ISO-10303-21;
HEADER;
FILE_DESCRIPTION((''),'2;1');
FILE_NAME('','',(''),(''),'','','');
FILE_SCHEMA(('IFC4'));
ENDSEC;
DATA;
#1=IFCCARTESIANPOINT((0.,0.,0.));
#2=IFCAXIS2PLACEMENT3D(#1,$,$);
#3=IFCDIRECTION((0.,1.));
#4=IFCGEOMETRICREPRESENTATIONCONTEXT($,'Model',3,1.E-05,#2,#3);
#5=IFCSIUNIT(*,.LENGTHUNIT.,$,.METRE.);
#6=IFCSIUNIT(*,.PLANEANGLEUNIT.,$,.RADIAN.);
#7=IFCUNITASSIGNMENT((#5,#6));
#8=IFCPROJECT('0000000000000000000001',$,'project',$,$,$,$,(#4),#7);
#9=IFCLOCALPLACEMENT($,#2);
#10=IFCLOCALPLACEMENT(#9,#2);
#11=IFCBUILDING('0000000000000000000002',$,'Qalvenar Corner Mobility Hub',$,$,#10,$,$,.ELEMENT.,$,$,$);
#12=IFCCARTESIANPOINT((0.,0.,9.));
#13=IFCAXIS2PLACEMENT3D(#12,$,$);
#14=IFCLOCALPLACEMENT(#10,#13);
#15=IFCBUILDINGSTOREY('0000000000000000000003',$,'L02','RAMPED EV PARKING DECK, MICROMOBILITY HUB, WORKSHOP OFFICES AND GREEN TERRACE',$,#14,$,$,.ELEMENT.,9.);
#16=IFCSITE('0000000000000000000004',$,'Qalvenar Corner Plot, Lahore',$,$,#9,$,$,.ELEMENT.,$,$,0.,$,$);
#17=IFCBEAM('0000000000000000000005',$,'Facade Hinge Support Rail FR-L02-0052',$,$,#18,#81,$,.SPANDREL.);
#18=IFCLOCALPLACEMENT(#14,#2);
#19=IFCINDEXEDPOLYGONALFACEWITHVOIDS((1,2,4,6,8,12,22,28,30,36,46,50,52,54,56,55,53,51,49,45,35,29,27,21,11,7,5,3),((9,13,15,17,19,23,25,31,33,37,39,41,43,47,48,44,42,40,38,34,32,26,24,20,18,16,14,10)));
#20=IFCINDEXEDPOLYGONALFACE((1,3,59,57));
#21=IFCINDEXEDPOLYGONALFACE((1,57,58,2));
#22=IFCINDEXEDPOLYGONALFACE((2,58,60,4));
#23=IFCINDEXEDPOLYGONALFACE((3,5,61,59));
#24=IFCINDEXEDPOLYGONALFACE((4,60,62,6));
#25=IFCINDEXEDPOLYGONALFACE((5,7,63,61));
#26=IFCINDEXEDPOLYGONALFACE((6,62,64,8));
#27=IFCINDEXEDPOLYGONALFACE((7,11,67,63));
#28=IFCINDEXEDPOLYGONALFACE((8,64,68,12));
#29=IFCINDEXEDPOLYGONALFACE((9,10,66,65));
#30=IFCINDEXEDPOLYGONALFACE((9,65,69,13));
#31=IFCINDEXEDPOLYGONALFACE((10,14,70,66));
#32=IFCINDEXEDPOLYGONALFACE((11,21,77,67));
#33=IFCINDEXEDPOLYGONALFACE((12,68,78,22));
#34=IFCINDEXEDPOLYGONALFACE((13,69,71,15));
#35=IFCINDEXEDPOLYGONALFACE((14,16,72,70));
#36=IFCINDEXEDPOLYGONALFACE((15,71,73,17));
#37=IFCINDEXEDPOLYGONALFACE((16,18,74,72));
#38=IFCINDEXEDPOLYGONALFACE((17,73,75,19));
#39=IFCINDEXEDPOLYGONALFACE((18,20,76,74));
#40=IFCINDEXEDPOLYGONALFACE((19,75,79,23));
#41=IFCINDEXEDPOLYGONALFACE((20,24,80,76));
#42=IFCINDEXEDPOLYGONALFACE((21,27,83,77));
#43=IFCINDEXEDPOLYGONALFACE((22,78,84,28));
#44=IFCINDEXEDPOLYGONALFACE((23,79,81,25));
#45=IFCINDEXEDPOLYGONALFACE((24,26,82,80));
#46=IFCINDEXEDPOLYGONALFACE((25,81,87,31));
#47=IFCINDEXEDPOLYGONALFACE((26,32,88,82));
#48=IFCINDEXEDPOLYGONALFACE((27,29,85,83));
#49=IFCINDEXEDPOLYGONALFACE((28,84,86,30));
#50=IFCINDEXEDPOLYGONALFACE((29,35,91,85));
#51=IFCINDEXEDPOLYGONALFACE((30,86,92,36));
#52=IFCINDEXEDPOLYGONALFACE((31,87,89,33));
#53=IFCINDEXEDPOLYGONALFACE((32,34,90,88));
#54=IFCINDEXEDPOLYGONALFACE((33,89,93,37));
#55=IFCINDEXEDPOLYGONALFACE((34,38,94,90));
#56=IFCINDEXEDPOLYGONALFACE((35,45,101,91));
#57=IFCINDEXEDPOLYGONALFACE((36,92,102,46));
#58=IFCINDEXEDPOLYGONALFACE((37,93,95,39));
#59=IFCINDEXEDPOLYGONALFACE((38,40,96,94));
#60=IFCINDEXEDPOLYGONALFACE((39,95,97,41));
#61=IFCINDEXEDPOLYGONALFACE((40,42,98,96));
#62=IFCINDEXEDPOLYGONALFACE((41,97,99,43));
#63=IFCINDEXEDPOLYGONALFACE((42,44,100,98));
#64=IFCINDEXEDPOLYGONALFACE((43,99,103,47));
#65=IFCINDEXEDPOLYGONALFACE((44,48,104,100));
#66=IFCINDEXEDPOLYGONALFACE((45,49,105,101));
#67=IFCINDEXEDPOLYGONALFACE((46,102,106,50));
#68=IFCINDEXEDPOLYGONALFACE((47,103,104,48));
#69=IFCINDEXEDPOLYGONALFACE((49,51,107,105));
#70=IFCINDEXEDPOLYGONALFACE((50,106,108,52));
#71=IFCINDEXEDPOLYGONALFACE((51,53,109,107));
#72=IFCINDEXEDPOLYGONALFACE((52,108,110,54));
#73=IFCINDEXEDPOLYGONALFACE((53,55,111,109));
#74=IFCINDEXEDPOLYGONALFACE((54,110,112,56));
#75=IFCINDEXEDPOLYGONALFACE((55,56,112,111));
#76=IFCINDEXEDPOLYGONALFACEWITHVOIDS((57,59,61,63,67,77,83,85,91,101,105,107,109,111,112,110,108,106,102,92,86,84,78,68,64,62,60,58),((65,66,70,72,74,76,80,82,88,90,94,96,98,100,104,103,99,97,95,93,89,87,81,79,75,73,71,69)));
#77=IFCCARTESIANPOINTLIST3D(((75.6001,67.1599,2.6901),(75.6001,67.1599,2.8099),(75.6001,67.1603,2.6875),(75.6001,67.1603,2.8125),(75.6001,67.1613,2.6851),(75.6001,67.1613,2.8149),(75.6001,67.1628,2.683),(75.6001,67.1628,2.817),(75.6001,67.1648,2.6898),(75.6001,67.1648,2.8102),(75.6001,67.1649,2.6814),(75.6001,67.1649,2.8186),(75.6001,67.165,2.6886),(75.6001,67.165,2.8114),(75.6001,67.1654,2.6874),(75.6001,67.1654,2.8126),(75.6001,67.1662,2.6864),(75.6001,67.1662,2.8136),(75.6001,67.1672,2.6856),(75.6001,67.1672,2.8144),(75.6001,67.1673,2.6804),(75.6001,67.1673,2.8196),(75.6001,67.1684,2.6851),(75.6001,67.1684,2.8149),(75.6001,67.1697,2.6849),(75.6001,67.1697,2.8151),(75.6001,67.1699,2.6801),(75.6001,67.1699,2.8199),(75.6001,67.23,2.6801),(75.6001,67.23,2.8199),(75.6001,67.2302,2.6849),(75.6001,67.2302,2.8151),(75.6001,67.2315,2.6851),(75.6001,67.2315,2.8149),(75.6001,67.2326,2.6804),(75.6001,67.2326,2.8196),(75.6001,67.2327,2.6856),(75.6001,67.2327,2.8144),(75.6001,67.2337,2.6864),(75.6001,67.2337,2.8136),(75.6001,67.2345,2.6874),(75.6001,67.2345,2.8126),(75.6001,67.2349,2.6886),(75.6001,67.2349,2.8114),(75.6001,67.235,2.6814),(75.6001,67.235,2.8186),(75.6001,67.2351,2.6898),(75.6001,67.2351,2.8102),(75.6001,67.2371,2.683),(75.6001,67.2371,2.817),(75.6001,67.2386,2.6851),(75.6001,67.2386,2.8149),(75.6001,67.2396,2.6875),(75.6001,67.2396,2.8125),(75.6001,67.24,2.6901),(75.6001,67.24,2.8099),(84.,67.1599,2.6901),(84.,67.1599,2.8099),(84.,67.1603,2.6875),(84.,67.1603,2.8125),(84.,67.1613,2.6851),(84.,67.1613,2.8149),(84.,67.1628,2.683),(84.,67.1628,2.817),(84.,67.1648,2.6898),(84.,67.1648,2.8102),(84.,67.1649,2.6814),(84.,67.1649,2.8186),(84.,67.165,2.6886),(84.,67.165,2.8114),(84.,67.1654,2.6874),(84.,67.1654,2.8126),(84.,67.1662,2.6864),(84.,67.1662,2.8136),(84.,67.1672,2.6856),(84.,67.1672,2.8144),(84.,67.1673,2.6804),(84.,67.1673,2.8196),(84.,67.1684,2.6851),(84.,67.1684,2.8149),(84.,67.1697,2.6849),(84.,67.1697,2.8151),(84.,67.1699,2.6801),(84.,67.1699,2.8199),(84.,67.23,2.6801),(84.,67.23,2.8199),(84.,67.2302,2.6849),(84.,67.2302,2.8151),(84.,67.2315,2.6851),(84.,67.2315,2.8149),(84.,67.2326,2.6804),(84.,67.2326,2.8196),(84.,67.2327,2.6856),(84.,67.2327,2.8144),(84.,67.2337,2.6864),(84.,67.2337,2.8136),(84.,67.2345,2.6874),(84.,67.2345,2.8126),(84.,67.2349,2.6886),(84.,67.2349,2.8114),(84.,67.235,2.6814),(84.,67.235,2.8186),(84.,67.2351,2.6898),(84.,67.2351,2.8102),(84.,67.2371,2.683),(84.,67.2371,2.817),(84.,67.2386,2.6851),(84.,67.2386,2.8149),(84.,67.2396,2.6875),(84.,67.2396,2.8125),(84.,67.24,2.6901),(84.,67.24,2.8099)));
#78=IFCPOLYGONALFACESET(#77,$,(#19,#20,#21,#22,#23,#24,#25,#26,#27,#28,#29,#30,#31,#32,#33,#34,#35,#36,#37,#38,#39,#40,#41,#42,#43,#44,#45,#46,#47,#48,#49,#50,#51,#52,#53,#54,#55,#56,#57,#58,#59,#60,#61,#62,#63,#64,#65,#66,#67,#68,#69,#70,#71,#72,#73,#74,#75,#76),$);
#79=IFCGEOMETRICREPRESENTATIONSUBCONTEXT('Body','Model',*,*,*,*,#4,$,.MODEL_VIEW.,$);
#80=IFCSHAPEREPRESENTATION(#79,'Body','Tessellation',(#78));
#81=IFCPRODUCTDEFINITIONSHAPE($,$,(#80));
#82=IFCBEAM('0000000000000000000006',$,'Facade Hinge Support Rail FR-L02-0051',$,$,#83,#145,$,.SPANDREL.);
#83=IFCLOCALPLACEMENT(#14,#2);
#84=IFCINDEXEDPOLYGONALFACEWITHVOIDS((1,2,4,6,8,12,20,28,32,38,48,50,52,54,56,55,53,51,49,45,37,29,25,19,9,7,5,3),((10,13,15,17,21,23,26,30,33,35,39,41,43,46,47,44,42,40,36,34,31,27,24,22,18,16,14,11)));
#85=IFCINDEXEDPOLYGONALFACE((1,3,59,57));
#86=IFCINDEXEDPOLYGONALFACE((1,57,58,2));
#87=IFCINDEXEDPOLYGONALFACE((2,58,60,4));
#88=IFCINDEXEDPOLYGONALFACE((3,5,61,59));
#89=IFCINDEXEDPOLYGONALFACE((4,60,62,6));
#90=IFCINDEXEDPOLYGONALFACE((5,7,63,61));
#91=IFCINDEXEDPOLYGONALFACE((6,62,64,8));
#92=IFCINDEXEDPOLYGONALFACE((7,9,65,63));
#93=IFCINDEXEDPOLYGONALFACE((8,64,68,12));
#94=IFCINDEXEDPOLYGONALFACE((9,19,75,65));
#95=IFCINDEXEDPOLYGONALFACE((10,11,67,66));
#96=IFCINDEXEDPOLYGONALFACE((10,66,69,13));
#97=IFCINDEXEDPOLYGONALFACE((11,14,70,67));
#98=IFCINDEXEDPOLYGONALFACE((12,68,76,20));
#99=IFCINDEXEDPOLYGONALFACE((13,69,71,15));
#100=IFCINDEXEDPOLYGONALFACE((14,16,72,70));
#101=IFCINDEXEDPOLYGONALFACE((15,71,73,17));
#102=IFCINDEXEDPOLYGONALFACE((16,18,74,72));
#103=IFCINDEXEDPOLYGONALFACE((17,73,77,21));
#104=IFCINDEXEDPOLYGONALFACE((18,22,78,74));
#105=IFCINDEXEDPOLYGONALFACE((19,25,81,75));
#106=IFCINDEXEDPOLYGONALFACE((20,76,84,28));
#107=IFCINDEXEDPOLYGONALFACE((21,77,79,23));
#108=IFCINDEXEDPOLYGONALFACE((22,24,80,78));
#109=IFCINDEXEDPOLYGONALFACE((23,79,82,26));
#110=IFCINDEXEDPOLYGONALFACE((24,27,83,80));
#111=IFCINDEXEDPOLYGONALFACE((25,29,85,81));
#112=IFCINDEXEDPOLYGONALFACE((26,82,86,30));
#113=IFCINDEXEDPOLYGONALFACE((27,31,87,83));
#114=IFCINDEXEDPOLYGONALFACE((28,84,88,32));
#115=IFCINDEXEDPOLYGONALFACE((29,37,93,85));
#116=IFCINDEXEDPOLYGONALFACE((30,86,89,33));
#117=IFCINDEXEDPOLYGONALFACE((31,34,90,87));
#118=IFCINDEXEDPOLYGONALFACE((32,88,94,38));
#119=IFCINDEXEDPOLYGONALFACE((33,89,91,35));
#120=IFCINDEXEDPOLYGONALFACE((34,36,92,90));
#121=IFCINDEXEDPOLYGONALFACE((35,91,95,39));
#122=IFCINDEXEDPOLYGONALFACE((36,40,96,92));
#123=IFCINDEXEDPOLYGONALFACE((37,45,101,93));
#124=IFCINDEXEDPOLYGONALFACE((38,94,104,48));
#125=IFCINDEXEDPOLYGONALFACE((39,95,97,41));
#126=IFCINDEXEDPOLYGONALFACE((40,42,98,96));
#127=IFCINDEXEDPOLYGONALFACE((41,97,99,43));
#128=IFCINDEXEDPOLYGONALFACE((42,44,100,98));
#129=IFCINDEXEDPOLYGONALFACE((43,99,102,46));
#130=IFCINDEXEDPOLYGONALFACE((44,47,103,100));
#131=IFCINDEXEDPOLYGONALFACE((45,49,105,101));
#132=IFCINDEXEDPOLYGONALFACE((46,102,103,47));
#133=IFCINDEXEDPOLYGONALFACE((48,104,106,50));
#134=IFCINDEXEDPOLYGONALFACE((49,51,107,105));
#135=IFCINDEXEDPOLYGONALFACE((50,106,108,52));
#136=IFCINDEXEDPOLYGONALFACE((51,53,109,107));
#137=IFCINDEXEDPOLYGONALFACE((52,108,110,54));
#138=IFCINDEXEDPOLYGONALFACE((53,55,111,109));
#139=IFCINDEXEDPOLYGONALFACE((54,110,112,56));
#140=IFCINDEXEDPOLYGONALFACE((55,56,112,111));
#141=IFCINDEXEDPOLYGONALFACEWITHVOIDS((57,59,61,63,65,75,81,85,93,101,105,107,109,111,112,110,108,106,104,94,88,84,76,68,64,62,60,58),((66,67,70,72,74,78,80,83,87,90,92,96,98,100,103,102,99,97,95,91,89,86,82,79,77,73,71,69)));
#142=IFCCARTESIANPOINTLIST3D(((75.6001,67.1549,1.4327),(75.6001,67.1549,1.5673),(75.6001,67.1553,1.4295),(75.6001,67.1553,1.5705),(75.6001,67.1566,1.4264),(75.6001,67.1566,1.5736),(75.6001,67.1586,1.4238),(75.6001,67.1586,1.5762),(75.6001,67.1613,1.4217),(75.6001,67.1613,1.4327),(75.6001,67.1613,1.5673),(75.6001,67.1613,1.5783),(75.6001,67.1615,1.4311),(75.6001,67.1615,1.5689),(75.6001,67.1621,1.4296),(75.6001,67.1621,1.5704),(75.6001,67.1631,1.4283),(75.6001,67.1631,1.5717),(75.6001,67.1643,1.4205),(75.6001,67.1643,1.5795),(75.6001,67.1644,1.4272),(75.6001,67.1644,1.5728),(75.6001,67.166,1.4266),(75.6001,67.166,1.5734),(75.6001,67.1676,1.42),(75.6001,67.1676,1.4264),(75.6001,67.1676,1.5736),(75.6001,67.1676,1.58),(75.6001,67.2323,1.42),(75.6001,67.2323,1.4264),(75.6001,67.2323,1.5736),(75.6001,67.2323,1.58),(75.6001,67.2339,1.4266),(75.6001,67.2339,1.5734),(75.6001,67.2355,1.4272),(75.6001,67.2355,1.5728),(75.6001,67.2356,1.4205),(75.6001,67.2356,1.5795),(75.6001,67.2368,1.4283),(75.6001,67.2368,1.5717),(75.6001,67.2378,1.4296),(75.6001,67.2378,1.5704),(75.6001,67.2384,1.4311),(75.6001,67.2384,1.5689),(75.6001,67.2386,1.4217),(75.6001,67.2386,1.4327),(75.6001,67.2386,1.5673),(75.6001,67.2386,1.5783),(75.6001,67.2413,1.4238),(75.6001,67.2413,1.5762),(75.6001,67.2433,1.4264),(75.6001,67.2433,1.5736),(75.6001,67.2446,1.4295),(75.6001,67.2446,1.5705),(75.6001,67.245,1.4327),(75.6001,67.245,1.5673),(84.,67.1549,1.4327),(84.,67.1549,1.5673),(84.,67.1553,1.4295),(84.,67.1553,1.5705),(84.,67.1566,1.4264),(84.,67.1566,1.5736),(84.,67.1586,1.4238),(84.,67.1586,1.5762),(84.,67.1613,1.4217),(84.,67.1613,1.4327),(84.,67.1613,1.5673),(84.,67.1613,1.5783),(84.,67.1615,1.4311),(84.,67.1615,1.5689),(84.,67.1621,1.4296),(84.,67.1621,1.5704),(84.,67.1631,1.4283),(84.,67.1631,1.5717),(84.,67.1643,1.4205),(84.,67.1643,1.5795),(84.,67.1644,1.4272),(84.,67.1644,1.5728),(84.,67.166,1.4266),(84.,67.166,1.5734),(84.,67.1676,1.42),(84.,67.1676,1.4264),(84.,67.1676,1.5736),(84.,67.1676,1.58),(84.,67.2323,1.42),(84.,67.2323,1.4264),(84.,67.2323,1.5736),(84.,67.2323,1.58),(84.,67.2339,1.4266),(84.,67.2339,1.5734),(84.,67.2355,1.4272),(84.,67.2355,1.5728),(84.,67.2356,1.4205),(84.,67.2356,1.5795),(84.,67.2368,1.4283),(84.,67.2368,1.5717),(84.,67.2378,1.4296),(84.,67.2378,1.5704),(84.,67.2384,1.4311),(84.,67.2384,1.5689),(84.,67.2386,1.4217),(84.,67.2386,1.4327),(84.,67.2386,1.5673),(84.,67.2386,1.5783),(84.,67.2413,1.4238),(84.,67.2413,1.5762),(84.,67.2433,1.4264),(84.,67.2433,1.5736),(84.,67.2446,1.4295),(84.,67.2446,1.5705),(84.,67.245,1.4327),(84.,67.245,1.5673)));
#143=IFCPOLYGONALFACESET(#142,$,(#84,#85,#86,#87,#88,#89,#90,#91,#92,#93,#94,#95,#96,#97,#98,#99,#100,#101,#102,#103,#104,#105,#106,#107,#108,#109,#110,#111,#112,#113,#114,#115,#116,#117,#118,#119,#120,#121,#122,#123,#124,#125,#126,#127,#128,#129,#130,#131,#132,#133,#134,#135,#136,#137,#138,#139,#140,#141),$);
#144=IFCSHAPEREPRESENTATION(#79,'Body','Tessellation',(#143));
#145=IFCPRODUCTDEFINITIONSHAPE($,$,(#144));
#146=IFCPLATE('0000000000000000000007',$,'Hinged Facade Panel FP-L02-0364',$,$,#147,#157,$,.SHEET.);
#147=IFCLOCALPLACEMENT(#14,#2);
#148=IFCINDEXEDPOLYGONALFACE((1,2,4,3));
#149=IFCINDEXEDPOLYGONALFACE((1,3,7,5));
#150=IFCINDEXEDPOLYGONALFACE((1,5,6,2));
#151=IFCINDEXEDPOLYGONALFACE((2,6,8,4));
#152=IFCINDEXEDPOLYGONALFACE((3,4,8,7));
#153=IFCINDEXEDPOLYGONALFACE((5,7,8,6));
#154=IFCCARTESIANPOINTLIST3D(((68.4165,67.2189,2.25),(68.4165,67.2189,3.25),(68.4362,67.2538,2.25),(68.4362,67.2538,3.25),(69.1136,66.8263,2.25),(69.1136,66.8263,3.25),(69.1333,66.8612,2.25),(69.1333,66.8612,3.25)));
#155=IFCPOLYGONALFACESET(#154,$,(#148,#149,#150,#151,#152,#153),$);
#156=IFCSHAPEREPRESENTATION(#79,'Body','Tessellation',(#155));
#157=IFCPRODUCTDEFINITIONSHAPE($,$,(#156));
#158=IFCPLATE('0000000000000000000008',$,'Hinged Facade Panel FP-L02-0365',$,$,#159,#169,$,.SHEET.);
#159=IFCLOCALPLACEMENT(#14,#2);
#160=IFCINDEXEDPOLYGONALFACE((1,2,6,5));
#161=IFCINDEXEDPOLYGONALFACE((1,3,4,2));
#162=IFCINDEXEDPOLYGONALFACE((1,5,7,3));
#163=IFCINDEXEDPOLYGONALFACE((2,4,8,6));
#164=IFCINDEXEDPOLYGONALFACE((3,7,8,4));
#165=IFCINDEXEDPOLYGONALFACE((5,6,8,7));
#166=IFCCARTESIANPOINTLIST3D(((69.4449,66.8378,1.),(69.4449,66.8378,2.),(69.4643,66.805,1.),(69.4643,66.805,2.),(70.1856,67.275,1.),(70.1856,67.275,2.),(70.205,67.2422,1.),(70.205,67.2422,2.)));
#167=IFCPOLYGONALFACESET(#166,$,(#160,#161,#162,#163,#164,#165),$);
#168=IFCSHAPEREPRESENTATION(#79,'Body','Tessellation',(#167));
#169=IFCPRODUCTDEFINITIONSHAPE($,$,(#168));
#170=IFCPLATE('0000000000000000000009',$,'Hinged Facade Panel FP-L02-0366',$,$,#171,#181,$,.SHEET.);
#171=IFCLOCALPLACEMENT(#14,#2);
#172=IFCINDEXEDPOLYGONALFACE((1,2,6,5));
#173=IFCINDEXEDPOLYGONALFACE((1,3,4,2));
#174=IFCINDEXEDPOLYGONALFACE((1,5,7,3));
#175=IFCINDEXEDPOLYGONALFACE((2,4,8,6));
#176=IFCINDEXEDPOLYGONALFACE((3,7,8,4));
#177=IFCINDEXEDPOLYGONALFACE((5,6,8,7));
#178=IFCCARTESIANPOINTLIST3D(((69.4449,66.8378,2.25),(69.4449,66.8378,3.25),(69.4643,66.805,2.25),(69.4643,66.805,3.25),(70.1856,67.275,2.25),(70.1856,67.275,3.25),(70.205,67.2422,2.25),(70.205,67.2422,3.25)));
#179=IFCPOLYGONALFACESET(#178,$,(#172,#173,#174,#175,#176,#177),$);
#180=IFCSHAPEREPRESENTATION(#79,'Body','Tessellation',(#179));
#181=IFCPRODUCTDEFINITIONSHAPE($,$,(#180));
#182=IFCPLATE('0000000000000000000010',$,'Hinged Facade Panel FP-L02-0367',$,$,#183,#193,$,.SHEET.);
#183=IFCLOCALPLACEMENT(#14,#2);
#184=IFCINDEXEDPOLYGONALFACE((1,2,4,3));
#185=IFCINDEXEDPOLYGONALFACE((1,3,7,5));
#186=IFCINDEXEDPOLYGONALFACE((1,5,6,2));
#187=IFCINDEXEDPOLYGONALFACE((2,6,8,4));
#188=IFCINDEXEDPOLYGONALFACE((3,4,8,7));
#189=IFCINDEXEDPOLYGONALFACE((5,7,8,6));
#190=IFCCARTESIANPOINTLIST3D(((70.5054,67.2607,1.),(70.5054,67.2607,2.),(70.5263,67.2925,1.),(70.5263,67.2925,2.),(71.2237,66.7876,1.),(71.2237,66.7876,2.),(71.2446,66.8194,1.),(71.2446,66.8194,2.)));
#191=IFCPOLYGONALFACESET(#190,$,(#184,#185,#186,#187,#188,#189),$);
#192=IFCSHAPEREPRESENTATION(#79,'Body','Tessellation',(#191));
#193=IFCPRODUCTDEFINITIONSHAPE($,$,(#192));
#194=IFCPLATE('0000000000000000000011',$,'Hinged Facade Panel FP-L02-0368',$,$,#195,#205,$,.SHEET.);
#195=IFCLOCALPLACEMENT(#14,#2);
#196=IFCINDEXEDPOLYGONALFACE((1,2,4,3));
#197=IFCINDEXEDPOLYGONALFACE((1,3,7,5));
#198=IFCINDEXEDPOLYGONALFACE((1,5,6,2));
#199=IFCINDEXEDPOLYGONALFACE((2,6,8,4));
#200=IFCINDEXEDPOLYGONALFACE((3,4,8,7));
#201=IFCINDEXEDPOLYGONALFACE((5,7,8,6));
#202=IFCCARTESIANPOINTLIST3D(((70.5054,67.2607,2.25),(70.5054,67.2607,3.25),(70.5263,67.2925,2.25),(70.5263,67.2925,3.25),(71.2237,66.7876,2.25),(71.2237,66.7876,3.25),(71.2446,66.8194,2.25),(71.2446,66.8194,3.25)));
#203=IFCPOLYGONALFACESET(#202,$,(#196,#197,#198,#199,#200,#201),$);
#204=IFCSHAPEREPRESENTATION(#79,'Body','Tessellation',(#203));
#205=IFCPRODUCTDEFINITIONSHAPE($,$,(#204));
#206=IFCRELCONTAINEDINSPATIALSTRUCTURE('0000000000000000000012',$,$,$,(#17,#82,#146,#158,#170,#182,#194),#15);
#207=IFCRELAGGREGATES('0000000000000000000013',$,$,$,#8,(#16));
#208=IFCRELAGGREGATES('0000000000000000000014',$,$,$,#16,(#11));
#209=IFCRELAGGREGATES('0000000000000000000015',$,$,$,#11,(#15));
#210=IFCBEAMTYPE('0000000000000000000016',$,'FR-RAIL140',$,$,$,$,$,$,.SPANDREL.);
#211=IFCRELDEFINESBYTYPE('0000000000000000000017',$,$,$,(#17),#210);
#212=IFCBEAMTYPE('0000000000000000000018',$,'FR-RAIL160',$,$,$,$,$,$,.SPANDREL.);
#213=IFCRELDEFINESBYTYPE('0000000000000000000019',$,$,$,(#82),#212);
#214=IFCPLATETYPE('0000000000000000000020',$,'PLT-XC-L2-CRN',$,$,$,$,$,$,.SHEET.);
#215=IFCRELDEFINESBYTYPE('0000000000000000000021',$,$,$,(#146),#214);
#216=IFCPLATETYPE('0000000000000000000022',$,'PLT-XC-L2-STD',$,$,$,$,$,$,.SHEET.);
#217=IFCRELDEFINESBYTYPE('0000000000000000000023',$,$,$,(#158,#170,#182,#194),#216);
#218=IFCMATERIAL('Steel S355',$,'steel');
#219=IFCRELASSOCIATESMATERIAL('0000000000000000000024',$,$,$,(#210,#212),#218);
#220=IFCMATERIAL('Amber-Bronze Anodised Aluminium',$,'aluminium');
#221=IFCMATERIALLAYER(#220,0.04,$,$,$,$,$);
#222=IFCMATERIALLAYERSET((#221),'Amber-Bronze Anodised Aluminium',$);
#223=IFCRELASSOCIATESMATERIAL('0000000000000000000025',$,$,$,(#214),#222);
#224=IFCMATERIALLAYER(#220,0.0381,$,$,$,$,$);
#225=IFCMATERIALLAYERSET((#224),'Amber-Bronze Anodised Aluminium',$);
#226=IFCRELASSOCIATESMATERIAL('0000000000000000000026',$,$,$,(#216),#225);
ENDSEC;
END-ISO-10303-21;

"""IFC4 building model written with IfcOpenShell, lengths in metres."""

from ifc_helpers import new_model, si_unit, direction, frame, origin, origin_2d, place, context, subcontext, project, spatial, rectangle, hollow_rectangle, extrude, material, layer, layer_set, material_profile, profile_set, type_object, element, save


model = new_model("IFC4")

# Units and contexts
model_context = context("Model", 3, precision=1e-05, world=origin(), true_north=direction((0.0, 1.0)))
body_context = subcontext(model_context, "Body", "Model", "MODEL_VIEW")
ifc_project = project(units=[si_unit("LENGTHUNIT", "METRE"), si_unit("PLANEANGLEUNIT", "RADIAN")], contexts=[model_context])

# Site, building, storey
site_placement = place(None, origin())
site = spatial("IfcSite", under=ifc_project, at=site_placement, Name="Qalvenar Corner Plot, Lahore", CompositionType="ELEMENT", RefElevation=0.0)
building_placement = place(site_placement, origin())
building = spatial("IfcBuilding", under=site, at=building_placement, Name="Qalvenar Corner Mobility Hub", CompositionType="ELEMENT")
storey_placement = place(building_placement, frame((0.0, 0.0, 9.0)))
storey = spatial("IfcBuildingStorey", under=building, at=storey_placement, Name="L02", Description="RAMPED EV PARKING DECK, MICROMOBILITY HUB, WORKSHOP OFFICES AND GREEN TERRACE", CompositionType="ELEMENT", Elevation=9.0)

# Shared definitions
ifc_material_1 = material(Name="Steel S355", Category="steel")

# Beams
ifc_material_profile_1 = material_profile(ifc_material_1, hollow_rectangle(XDim=0.0801, YDim=0.1399, WallThickness=0.0049, InnerFilletRadius=0.0049, OuterFilletRadius=0.01, at=origin_2d()), Name="RHS140x80x5")
ifc_profile_set_1 = profile_set([ifc_material_profile_1], Name="Steel S355")
beam_type_1 = type_object("IfcBeamType", Name="FR-RAIL140", PredefinedType="SPANDREL", material=ifc_profile_set_1)
beam_1_placement = place(storey_placement, frame((75.6001, 67.2, 2.75), z_axis=(1.0, 0.0, 0.0), x_axis=(0.0, 1.0, 0.0)))
element("IfcBeam", 1, at=beam_1_placement, inside=storey, type_object=beam_type_1, Name="Facade Hinge Support Rail FR-L02-0052", PredefinedType="SPANDREL", context=body_context, shape_type="SweptSolid", body=[
    extrude(hollow_rectangle(XDim=0.0801, YDim=0.1399, WallThickness=0.0049, InnerFilletRadius=0.0049, OuterFilletRadius=0.01, at=origin_2d()), origin(), (0.0, 0.0, 1.0), 8.3999),
])
ifc_material_profile_2 = material_profile(ifc_material_1, hollow_rectangle(XDim=0.0901, YDim=0.1599, WallThickness=0.0063, InnerFilletRadius=0.0063, OuterFilletRadius=0.0127, at=origin_2d()), Name="RHS160x90x6.3")
ifc_profile_set_2 = profile_set([ifc_material_profile_2], Name="Steel S355")
beam_type_2 = type_object("IfcBeamType", Name="FR-RAIL160", PredefinedType="SPANDREL", material=ifc_profile_set_2)
beam_2_placement = place(storey_placement, frame((75.6001, 67.2, 1.5), z_axis=(1.0, 0.0, 0.0), x_axis=(0.0, 1.0, 0.0)))
element("IfcBeam", 2, at=beam_2_placement, inside=storey, type_object=beam_type_2, Name="Facade Hinge Support Rail FR-L02-0051", PredefinedType="SPANDREL", context=body_context, shape_type="SweptSolid", body=[
    extrude(hollow_rectangle(XDim=0.0901, YDim=0.1599, WallThickness=0.0063, InnerFilletRadius=0.0063, OuterFilletRadius=0.0127, at=origin_2d()), origin(), (0.0, 0.0, 1.0), 8.3999),
])

# Plates
ifc_material_2 = material(Name="Amber-Bronze Anodised Aluminium", Category="aluminium")
ifc_layer_1 = layer(ifc_material_2, 0.04)
ifc_layer_set_1 = layer_set([ifc_layer_1], Name="Amber-Bronze Anodised Aluminium")
plate_type_1 = type_object("IfcPlateType", Name="PLT-XC-L2-CRN", PredefinedType="SHEET", material=ifc_layer_set_1)
plate_placement = place(storey_placement, frame((68.7749, 67.04, 2.25), z_axis=(0.0, 0.0, 1.0), x_axis=(0.871299, -0.490752, 0.0)))
element("IfcPlate", 3, at=plate_placement, inside=storey, type_object=plate_type_1, Name="Hinged Facade Panel FP-L02-0364", PredefinedType="SHEET", context=body_context, shape_type="SweptSolid", body=[
    extrude(rectangle(XDim=0.8, YDim=0.04, at=origin_2d()), origin(), (0.0, 0.0, 1.0), 1.0),
])
ifc_layer_2 = layer(ifc_material_2, 0.0381)
ifc_layer_set_2 = layer_set([ifc_layer_2], Name="Amber-Bronze Anodised Aluminium")
plate_type_2 = type_object("IfcPlateType", Name="PLT-XC-L2-STD", PredefinedType="SHEET", material=ifc_layer_set_2)
for number, where, z_axis, x_axis, name in (
    (4, (69.825, 67.04, 1.0), (0.0, 0.0, 1.0), (0.861186, 0.50829, 0.0), "Hinged Facade Panel FP-L02-0365"),
    (5, (69.825, 67.04, 2.25), (0.0, 0.0, 1.0), (0.861186, 0.50829, 0.0), "Hinged Facade Panel FP-L02-0366"),
    (6, (70.875, 67.04, 1.0), (0.0, 0.0, 1.0), (0.835136, -0.550044, 0.0), "Hinged Facade Panel FP-L02-0367"),
    (7, (70.875, 67.04, 2.25), (0.0, 0.0, 1.0), (0.835136, -0.550044, 0.0), "Hinged Facade Panel FP-L02-0368"),
):
    element("IfcPlate", number, at=place(storey_placement, frame(where, z_axis=z_axis, x_axis=x_axis)), inside=storey, type_object=plate_type_2, Name=name, PredefinedType="SHEET", context=body_context, shape_type="SweptSolid", body=[
        extrude(rectangle(XDim=0.8601, YDim=0.0381, at=origin_2d()), origin(), (0.0, 0.0, 1.0), 1.0),
    ])

save(model, "model.ifc")
